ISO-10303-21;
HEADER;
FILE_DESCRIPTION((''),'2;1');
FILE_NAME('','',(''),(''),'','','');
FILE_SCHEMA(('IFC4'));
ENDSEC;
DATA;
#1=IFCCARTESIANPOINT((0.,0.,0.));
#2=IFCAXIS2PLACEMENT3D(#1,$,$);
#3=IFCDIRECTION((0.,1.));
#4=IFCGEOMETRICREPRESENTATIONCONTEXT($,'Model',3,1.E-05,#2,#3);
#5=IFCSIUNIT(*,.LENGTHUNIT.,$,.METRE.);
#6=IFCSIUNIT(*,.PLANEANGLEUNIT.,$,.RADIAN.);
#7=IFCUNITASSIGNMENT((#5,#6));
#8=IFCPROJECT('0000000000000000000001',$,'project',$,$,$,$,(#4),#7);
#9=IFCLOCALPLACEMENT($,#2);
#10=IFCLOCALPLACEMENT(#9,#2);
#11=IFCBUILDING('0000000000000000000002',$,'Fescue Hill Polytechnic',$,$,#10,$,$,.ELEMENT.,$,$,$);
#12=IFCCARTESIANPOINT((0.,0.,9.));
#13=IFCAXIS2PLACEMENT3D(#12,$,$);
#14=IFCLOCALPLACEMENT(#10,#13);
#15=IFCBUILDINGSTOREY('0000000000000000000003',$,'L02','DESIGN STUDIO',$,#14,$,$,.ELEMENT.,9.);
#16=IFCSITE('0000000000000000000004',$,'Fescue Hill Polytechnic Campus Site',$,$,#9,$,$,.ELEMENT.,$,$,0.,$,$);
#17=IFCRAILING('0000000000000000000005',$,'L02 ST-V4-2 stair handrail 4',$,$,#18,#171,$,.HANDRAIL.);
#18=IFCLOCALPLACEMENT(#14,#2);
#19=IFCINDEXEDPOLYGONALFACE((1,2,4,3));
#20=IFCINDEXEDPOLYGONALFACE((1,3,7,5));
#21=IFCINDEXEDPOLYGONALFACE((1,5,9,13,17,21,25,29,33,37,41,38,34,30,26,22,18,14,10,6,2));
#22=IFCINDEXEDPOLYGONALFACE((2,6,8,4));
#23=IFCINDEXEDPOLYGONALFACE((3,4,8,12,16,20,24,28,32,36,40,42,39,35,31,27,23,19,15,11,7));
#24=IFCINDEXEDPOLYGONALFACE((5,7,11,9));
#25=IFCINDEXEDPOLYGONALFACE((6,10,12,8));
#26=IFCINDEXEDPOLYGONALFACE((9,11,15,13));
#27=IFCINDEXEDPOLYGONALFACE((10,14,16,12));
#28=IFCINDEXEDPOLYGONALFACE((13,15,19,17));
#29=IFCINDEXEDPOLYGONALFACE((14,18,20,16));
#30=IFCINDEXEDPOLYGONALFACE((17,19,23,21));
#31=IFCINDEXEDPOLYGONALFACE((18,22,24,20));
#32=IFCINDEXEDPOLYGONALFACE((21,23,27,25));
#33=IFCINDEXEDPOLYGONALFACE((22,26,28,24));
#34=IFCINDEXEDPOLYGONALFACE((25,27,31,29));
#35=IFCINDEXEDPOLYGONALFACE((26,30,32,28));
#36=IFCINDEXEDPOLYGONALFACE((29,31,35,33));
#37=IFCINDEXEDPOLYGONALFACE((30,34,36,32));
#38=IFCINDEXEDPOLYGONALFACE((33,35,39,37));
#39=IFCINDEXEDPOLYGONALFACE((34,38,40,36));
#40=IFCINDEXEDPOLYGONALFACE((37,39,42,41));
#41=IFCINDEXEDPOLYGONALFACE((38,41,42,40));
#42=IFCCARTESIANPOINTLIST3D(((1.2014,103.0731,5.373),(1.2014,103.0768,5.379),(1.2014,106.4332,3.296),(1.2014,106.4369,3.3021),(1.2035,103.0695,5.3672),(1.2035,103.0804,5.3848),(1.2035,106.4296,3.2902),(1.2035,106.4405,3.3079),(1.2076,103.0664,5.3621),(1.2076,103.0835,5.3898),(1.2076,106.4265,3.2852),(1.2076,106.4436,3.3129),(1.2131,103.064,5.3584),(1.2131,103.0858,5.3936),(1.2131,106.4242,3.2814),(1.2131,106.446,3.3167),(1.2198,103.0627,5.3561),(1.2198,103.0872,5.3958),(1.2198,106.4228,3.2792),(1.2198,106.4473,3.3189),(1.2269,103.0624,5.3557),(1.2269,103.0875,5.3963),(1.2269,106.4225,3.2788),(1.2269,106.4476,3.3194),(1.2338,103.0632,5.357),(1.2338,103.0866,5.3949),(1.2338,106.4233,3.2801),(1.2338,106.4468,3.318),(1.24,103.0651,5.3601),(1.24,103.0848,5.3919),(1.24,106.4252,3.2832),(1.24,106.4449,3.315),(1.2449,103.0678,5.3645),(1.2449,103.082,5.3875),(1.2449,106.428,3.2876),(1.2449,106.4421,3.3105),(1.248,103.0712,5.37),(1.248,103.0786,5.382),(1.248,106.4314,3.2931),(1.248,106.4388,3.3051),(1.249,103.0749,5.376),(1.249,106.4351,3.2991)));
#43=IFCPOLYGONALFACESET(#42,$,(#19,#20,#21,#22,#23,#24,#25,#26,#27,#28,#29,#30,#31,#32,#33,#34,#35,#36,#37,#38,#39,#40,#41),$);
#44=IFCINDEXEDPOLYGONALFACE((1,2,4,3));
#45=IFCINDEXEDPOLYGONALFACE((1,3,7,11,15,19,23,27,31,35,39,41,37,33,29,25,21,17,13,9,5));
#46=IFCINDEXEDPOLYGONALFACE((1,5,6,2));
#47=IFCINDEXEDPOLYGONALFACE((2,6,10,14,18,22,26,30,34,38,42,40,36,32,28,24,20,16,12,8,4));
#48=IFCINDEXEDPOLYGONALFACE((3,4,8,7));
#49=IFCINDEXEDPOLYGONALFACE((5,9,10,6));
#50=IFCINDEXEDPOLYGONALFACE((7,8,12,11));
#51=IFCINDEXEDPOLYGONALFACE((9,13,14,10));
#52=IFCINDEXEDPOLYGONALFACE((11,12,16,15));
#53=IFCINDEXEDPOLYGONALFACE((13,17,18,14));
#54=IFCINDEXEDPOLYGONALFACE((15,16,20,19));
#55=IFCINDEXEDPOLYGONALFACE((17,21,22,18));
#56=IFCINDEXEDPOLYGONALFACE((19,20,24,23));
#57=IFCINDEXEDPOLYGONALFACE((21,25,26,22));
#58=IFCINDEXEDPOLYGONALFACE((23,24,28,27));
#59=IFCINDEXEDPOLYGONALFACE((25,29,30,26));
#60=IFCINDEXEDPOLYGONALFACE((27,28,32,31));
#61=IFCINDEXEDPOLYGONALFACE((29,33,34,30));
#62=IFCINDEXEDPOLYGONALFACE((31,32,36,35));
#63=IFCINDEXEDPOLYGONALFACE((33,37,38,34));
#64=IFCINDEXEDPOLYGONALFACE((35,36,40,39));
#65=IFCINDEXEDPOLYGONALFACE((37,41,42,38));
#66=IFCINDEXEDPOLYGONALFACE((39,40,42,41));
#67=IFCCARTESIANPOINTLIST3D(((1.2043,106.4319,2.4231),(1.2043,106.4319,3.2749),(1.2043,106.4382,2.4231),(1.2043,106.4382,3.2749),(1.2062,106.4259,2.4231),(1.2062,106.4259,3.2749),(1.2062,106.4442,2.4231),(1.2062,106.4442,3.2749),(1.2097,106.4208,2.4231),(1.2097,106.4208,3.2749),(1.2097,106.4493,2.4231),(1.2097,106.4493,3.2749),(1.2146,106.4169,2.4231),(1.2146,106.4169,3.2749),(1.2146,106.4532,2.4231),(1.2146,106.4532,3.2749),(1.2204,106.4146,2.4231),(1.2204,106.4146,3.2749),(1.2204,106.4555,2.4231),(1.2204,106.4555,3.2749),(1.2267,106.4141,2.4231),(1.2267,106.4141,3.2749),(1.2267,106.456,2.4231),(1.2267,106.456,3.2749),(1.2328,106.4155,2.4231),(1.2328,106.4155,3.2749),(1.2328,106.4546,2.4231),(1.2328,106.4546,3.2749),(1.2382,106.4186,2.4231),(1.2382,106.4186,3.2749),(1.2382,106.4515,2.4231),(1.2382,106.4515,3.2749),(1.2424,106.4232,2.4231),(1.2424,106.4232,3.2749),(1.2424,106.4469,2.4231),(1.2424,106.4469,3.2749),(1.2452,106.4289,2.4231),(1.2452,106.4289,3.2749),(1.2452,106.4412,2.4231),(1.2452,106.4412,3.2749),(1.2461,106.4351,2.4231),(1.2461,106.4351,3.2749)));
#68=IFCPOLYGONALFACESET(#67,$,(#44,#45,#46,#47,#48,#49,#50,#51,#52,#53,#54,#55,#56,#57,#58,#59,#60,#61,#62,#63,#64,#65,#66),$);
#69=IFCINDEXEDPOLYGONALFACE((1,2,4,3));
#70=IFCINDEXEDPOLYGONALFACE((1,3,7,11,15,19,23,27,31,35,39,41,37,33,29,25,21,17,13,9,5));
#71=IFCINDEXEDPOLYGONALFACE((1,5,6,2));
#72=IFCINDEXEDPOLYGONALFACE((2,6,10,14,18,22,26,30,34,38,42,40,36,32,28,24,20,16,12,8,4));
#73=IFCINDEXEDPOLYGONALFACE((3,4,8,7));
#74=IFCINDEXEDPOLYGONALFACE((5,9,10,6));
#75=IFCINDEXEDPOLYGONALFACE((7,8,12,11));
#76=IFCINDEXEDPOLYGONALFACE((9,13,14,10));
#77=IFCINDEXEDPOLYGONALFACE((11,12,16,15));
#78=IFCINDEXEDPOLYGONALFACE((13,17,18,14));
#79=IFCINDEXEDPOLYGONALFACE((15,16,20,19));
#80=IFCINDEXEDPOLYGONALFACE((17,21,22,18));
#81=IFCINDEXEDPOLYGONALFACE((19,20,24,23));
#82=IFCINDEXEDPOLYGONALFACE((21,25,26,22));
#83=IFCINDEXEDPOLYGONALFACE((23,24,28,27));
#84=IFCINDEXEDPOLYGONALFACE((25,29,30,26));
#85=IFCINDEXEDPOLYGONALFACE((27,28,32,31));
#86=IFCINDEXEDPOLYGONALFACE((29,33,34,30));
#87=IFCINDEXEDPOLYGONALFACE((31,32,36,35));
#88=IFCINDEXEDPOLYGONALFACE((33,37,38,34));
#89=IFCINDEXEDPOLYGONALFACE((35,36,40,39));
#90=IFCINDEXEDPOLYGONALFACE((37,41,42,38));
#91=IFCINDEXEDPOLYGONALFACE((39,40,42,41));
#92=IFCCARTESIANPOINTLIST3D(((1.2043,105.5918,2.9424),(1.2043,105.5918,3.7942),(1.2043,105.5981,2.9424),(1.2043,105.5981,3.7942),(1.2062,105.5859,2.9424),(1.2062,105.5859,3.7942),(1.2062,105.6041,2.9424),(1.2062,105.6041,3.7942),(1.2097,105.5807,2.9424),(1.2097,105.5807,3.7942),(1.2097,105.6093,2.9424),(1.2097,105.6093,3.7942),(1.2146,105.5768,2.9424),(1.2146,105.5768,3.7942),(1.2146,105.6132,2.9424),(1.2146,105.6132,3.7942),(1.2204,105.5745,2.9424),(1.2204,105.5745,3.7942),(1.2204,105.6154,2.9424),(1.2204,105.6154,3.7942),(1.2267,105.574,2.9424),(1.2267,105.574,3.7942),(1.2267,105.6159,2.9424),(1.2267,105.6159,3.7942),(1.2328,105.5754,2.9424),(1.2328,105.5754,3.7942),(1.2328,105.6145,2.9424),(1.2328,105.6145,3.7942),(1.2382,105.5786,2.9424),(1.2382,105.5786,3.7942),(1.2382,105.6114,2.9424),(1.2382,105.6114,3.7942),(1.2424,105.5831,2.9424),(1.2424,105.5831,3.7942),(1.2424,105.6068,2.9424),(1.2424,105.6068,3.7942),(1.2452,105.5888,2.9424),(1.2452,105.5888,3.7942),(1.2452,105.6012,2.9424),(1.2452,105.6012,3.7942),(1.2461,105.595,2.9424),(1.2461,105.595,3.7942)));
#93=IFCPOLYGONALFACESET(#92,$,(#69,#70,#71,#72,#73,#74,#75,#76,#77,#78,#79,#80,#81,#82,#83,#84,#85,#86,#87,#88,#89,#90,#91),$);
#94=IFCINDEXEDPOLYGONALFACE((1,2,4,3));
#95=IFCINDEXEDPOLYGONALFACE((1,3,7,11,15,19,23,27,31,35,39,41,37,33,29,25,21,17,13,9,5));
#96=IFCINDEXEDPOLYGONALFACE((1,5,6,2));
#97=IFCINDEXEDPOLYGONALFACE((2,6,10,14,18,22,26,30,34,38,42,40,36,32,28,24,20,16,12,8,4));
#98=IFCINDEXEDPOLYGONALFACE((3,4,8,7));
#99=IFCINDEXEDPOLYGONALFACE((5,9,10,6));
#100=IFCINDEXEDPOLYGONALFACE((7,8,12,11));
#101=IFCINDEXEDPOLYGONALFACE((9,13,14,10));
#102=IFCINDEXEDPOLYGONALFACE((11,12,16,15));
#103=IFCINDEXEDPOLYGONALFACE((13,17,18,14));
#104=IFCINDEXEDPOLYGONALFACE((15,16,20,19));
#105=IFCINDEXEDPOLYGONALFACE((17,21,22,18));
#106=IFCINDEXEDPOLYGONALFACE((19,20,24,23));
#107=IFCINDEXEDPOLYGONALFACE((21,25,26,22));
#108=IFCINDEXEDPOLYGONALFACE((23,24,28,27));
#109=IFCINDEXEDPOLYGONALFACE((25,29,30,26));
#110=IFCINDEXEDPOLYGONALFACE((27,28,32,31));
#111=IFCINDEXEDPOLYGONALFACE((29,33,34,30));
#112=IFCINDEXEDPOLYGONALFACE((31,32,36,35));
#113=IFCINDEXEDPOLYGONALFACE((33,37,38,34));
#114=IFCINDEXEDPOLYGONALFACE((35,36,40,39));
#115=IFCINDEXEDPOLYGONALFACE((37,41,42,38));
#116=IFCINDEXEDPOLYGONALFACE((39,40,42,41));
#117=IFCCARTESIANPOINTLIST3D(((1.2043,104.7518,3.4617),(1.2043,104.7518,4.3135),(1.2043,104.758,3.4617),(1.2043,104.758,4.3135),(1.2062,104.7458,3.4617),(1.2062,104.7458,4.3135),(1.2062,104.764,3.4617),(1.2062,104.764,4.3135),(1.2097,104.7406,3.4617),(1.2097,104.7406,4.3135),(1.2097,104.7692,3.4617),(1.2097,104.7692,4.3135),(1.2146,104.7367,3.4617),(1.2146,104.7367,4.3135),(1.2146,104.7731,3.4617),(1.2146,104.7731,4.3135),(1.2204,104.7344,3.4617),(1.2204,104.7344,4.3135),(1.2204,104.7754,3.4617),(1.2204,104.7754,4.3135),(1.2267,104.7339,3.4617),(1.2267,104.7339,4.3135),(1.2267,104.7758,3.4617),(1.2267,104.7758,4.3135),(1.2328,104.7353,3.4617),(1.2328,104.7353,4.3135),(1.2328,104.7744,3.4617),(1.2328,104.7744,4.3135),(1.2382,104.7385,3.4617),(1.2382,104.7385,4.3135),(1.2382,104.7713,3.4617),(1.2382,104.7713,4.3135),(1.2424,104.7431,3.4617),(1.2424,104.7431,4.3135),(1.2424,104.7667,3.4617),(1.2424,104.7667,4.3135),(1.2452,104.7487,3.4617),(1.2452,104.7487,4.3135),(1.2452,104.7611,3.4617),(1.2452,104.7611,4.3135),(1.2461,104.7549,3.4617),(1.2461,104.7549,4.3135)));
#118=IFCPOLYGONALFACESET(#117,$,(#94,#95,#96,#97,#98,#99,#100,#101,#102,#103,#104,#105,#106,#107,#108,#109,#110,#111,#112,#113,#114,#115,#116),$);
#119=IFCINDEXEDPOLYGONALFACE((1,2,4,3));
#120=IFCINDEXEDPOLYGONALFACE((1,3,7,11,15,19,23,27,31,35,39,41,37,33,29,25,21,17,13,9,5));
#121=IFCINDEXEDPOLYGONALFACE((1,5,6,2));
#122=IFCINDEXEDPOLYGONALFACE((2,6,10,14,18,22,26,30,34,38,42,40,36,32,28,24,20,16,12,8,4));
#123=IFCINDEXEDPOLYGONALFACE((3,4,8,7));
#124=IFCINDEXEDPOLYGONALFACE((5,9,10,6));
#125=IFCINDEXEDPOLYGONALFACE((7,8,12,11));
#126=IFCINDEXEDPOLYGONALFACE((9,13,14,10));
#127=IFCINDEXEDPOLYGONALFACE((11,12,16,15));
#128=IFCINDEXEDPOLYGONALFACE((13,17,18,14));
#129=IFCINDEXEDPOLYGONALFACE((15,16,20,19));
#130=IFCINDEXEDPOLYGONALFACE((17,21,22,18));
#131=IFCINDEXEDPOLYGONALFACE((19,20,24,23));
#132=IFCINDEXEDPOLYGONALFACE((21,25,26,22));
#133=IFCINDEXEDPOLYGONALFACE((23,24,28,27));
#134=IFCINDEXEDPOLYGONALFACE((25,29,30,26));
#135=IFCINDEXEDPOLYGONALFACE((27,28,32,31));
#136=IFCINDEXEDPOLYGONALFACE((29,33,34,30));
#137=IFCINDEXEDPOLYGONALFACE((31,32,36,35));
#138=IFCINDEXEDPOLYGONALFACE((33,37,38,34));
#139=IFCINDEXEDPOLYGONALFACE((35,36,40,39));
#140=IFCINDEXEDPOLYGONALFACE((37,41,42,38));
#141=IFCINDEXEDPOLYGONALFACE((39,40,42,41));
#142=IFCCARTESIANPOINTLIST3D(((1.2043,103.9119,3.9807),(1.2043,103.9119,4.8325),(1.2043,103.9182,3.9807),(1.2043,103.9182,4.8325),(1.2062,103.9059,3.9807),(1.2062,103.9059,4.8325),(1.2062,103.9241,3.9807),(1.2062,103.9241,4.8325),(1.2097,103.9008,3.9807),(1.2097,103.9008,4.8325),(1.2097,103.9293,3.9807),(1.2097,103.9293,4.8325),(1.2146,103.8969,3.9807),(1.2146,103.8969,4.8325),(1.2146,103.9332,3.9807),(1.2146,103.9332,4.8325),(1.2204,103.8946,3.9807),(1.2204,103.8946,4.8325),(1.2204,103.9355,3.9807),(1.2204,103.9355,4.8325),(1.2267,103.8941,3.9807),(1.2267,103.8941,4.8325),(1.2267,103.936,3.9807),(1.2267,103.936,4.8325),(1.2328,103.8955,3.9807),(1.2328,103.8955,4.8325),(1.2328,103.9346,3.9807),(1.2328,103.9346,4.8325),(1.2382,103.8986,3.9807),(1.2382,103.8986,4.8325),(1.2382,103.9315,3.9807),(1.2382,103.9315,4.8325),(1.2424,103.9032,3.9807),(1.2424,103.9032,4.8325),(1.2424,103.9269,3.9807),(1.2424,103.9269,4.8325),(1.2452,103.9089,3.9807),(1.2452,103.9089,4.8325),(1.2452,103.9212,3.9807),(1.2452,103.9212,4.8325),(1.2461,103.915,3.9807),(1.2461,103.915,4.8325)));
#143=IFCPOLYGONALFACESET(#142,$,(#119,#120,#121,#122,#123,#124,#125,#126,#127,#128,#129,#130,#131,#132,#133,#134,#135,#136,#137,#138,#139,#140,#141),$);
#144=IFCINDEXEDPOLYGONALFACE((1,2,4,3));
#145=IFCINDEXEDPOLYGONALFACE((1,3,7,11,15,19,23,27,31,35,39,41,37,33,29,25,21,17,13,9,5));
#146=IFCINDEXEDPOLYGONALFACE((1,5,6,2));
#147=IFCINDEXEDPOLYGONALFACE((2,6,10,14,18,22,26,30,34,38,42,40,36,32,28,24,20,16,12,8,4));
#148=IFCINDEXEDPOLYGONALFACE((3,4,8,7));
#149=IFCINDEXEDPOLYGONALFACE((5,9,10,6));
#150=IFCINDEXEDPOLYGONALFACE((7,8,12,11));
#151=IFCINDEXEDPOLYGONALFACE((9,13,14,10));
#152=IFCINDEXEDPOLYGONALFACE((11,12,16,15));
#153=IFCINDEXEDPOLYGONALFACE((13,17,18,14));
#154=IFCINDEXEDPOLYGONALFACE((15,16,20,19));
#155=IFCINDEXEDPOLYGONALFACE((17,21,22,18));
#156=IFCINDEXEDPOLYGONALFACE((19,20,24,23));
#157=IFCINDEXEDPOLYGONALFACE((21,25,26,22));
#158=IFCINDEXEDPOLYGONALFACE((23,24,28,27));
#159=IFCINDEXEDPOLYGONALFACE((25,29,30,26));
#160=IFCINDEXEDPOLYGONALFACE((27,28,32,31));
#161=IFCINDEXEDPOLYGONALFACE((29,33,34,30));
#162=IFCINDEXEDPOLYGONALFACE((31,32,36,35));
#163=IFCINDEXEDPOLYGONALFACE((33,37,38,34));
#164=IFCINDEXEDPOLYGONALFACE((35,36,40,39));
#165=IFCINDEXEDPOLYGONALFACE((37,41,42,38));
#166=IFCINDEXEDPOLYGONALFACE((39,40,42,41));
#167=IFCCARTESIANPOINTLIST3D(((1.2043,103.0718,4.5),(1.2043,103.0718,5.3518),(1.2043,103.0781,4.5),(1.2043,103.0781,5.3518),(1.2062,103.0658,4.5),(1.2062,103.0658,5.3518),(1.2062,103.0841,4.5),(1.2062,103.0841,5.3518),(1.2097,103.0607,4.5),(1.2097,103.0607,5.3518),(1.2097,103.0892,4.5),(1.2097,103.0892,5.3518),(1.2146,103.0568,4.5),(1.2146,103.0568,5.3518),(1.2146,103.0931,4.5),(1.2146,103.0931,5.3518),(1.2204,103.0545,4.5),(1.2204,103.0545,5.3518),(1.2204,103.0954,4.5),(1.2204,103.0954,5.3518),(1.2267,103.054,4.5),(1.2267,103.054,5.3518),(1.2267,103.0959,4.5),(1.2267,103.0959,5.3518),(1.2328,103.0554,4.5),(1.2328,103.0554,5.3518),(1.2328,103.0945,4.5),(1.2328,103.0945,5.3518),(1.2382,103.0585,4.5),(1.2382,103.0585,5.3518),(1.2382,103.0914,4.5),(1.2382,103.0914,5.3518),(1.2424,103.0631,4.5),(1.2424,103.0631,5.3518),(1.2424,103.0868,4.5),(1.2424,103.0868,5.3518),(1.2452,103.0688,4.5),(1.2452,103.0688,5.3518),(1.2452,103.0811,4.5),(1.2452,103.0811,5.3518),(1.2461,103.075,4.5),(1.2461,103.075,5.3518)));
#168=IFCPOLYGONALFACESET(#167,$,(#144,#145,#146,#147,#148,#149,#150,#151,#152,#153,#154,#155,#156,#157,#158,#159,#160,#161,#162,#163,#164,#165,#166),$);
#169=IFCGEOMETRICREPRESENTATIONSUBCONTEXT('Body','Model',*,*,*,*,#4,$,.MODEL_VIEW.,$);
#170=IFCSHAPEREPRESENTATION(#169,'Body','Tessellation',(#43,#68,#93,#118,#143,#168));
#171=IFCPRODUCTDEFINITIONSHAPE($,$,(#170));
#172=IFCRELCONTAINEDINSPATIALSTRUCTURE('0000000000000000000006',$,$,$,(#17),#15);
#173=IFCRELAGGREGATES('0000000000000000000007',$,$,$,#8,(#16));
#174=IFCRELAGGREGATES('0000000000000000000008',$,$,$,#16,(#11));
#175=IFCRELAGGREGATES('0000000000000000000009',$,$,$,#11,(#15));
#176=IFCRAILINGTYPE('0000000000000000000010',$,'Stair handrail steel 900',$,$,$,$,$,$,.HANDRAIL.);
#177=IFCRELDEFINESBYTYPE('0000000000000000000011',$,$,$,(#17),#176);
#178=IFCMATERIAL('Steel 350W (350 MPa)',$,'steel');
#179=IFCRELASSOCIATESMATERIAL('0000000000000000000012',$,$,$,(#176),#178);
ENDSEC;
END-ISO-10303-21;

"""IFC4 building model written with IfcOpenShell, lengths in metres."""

from ifc_helpers import new_model, si_unit, direction, frame, origin, origin_2d, place, context, subcontext, project, spatial, circle, extrude, material, type_object, element, save


model = new_model("IFC4")

# Units and contexts
model_context = context("Model", 3, precision=1e-05, world=origin(), true_north=direction((0.0, 1.0)))
body_context = subcontext(model_context, "Body", "Model", "MODEL_VIEW")
ifc_project = project(units=[si_unit("LENGTHUNIT", "METRE"), si_unit("PLANEANGLEUNIT", "RADIAN")], contexts=[model_context])

# Site, building, storey
site_placement = place(None, origin())
site = spatial("IfcSite", under=ifc_project, at=site_placement, Name="Fescue Hill Polytechnic Campus Site", CompositionType="ELEMENT", RefElevation=0.0)
building_placement = place(site_placement, origin())
building = spatial("IfcBuilding", under=site, at=building_placement, Name="Fescue Hill Polytechnic", CompositionType="ELEMENT")
storey_placement = place(building_placement, frame((0.0, 0.0, 9.0)))
storey = spatial("IfcBuildingStorey", under=building, at=storey_placement, Name="L02", Description="DESIGN STUDIO", CompositionType="ELEMENT", Elevation=9.0)

# Railing
ifc_material_1 = material(Name="Steel 350W (350 MPa)", Category="steel")
railing_type = type_object("IfcRailingType", Name="Stair handrail steel 900", PredefinedType="HANDRAIL", material=ifc_material_1)
for number, where, name in (
    (1, (1.2251, 106.4351, 2.4231), "L02 ST-V4-2 stair handrail 4"),
):
    element("IfcRailing", number, at=place(storey_placement, frame(where)), inside=storey, type_object=railing_type, Name=name, PredefinedType="HANDRAIL", context=body_context, shape_type="SweptSolid", body=[
        extrude(circle(Radius=0.0239, at=origin_2d()), frame((0.0, 0.0, 0.876), z_axis=(0.0, -0.850623, 0.525776), x_axis=(1.0, 0.0, 0.0)), (0.0, 0.0, 1.0), 3.9502),
        extrude(circle(Radius=0.021, at=origin_2d()), origin(), (0.0, 0.0, 1.0), 0.8518),
        extrude(circle(Radius=0.021, at=origin_2d()), frame((0.0, -0.8401, 0.5193)), (0.0, 0.0, 1.0), 0.8518),
        extrude(circle(Radius=0.021, at=origin_2d()), frame((0.0, -1.6802, 1.0386)), (0.0, 0.0, 1.0), 0.8518),
        extrude(circle(Radius=0.021, at=origin_2d()), frame((0.0, -2.52, 1.5576)), (0.0, 0.0, 1.0), 0.8518),
        extrude(circle(Radius=0.021, at=origin_2d()), frame((0.0, -3.3601, 2.0769)), (0.0, 0.0, 1.0), 0.8518),
    ])

save(model, "model.ifc")
